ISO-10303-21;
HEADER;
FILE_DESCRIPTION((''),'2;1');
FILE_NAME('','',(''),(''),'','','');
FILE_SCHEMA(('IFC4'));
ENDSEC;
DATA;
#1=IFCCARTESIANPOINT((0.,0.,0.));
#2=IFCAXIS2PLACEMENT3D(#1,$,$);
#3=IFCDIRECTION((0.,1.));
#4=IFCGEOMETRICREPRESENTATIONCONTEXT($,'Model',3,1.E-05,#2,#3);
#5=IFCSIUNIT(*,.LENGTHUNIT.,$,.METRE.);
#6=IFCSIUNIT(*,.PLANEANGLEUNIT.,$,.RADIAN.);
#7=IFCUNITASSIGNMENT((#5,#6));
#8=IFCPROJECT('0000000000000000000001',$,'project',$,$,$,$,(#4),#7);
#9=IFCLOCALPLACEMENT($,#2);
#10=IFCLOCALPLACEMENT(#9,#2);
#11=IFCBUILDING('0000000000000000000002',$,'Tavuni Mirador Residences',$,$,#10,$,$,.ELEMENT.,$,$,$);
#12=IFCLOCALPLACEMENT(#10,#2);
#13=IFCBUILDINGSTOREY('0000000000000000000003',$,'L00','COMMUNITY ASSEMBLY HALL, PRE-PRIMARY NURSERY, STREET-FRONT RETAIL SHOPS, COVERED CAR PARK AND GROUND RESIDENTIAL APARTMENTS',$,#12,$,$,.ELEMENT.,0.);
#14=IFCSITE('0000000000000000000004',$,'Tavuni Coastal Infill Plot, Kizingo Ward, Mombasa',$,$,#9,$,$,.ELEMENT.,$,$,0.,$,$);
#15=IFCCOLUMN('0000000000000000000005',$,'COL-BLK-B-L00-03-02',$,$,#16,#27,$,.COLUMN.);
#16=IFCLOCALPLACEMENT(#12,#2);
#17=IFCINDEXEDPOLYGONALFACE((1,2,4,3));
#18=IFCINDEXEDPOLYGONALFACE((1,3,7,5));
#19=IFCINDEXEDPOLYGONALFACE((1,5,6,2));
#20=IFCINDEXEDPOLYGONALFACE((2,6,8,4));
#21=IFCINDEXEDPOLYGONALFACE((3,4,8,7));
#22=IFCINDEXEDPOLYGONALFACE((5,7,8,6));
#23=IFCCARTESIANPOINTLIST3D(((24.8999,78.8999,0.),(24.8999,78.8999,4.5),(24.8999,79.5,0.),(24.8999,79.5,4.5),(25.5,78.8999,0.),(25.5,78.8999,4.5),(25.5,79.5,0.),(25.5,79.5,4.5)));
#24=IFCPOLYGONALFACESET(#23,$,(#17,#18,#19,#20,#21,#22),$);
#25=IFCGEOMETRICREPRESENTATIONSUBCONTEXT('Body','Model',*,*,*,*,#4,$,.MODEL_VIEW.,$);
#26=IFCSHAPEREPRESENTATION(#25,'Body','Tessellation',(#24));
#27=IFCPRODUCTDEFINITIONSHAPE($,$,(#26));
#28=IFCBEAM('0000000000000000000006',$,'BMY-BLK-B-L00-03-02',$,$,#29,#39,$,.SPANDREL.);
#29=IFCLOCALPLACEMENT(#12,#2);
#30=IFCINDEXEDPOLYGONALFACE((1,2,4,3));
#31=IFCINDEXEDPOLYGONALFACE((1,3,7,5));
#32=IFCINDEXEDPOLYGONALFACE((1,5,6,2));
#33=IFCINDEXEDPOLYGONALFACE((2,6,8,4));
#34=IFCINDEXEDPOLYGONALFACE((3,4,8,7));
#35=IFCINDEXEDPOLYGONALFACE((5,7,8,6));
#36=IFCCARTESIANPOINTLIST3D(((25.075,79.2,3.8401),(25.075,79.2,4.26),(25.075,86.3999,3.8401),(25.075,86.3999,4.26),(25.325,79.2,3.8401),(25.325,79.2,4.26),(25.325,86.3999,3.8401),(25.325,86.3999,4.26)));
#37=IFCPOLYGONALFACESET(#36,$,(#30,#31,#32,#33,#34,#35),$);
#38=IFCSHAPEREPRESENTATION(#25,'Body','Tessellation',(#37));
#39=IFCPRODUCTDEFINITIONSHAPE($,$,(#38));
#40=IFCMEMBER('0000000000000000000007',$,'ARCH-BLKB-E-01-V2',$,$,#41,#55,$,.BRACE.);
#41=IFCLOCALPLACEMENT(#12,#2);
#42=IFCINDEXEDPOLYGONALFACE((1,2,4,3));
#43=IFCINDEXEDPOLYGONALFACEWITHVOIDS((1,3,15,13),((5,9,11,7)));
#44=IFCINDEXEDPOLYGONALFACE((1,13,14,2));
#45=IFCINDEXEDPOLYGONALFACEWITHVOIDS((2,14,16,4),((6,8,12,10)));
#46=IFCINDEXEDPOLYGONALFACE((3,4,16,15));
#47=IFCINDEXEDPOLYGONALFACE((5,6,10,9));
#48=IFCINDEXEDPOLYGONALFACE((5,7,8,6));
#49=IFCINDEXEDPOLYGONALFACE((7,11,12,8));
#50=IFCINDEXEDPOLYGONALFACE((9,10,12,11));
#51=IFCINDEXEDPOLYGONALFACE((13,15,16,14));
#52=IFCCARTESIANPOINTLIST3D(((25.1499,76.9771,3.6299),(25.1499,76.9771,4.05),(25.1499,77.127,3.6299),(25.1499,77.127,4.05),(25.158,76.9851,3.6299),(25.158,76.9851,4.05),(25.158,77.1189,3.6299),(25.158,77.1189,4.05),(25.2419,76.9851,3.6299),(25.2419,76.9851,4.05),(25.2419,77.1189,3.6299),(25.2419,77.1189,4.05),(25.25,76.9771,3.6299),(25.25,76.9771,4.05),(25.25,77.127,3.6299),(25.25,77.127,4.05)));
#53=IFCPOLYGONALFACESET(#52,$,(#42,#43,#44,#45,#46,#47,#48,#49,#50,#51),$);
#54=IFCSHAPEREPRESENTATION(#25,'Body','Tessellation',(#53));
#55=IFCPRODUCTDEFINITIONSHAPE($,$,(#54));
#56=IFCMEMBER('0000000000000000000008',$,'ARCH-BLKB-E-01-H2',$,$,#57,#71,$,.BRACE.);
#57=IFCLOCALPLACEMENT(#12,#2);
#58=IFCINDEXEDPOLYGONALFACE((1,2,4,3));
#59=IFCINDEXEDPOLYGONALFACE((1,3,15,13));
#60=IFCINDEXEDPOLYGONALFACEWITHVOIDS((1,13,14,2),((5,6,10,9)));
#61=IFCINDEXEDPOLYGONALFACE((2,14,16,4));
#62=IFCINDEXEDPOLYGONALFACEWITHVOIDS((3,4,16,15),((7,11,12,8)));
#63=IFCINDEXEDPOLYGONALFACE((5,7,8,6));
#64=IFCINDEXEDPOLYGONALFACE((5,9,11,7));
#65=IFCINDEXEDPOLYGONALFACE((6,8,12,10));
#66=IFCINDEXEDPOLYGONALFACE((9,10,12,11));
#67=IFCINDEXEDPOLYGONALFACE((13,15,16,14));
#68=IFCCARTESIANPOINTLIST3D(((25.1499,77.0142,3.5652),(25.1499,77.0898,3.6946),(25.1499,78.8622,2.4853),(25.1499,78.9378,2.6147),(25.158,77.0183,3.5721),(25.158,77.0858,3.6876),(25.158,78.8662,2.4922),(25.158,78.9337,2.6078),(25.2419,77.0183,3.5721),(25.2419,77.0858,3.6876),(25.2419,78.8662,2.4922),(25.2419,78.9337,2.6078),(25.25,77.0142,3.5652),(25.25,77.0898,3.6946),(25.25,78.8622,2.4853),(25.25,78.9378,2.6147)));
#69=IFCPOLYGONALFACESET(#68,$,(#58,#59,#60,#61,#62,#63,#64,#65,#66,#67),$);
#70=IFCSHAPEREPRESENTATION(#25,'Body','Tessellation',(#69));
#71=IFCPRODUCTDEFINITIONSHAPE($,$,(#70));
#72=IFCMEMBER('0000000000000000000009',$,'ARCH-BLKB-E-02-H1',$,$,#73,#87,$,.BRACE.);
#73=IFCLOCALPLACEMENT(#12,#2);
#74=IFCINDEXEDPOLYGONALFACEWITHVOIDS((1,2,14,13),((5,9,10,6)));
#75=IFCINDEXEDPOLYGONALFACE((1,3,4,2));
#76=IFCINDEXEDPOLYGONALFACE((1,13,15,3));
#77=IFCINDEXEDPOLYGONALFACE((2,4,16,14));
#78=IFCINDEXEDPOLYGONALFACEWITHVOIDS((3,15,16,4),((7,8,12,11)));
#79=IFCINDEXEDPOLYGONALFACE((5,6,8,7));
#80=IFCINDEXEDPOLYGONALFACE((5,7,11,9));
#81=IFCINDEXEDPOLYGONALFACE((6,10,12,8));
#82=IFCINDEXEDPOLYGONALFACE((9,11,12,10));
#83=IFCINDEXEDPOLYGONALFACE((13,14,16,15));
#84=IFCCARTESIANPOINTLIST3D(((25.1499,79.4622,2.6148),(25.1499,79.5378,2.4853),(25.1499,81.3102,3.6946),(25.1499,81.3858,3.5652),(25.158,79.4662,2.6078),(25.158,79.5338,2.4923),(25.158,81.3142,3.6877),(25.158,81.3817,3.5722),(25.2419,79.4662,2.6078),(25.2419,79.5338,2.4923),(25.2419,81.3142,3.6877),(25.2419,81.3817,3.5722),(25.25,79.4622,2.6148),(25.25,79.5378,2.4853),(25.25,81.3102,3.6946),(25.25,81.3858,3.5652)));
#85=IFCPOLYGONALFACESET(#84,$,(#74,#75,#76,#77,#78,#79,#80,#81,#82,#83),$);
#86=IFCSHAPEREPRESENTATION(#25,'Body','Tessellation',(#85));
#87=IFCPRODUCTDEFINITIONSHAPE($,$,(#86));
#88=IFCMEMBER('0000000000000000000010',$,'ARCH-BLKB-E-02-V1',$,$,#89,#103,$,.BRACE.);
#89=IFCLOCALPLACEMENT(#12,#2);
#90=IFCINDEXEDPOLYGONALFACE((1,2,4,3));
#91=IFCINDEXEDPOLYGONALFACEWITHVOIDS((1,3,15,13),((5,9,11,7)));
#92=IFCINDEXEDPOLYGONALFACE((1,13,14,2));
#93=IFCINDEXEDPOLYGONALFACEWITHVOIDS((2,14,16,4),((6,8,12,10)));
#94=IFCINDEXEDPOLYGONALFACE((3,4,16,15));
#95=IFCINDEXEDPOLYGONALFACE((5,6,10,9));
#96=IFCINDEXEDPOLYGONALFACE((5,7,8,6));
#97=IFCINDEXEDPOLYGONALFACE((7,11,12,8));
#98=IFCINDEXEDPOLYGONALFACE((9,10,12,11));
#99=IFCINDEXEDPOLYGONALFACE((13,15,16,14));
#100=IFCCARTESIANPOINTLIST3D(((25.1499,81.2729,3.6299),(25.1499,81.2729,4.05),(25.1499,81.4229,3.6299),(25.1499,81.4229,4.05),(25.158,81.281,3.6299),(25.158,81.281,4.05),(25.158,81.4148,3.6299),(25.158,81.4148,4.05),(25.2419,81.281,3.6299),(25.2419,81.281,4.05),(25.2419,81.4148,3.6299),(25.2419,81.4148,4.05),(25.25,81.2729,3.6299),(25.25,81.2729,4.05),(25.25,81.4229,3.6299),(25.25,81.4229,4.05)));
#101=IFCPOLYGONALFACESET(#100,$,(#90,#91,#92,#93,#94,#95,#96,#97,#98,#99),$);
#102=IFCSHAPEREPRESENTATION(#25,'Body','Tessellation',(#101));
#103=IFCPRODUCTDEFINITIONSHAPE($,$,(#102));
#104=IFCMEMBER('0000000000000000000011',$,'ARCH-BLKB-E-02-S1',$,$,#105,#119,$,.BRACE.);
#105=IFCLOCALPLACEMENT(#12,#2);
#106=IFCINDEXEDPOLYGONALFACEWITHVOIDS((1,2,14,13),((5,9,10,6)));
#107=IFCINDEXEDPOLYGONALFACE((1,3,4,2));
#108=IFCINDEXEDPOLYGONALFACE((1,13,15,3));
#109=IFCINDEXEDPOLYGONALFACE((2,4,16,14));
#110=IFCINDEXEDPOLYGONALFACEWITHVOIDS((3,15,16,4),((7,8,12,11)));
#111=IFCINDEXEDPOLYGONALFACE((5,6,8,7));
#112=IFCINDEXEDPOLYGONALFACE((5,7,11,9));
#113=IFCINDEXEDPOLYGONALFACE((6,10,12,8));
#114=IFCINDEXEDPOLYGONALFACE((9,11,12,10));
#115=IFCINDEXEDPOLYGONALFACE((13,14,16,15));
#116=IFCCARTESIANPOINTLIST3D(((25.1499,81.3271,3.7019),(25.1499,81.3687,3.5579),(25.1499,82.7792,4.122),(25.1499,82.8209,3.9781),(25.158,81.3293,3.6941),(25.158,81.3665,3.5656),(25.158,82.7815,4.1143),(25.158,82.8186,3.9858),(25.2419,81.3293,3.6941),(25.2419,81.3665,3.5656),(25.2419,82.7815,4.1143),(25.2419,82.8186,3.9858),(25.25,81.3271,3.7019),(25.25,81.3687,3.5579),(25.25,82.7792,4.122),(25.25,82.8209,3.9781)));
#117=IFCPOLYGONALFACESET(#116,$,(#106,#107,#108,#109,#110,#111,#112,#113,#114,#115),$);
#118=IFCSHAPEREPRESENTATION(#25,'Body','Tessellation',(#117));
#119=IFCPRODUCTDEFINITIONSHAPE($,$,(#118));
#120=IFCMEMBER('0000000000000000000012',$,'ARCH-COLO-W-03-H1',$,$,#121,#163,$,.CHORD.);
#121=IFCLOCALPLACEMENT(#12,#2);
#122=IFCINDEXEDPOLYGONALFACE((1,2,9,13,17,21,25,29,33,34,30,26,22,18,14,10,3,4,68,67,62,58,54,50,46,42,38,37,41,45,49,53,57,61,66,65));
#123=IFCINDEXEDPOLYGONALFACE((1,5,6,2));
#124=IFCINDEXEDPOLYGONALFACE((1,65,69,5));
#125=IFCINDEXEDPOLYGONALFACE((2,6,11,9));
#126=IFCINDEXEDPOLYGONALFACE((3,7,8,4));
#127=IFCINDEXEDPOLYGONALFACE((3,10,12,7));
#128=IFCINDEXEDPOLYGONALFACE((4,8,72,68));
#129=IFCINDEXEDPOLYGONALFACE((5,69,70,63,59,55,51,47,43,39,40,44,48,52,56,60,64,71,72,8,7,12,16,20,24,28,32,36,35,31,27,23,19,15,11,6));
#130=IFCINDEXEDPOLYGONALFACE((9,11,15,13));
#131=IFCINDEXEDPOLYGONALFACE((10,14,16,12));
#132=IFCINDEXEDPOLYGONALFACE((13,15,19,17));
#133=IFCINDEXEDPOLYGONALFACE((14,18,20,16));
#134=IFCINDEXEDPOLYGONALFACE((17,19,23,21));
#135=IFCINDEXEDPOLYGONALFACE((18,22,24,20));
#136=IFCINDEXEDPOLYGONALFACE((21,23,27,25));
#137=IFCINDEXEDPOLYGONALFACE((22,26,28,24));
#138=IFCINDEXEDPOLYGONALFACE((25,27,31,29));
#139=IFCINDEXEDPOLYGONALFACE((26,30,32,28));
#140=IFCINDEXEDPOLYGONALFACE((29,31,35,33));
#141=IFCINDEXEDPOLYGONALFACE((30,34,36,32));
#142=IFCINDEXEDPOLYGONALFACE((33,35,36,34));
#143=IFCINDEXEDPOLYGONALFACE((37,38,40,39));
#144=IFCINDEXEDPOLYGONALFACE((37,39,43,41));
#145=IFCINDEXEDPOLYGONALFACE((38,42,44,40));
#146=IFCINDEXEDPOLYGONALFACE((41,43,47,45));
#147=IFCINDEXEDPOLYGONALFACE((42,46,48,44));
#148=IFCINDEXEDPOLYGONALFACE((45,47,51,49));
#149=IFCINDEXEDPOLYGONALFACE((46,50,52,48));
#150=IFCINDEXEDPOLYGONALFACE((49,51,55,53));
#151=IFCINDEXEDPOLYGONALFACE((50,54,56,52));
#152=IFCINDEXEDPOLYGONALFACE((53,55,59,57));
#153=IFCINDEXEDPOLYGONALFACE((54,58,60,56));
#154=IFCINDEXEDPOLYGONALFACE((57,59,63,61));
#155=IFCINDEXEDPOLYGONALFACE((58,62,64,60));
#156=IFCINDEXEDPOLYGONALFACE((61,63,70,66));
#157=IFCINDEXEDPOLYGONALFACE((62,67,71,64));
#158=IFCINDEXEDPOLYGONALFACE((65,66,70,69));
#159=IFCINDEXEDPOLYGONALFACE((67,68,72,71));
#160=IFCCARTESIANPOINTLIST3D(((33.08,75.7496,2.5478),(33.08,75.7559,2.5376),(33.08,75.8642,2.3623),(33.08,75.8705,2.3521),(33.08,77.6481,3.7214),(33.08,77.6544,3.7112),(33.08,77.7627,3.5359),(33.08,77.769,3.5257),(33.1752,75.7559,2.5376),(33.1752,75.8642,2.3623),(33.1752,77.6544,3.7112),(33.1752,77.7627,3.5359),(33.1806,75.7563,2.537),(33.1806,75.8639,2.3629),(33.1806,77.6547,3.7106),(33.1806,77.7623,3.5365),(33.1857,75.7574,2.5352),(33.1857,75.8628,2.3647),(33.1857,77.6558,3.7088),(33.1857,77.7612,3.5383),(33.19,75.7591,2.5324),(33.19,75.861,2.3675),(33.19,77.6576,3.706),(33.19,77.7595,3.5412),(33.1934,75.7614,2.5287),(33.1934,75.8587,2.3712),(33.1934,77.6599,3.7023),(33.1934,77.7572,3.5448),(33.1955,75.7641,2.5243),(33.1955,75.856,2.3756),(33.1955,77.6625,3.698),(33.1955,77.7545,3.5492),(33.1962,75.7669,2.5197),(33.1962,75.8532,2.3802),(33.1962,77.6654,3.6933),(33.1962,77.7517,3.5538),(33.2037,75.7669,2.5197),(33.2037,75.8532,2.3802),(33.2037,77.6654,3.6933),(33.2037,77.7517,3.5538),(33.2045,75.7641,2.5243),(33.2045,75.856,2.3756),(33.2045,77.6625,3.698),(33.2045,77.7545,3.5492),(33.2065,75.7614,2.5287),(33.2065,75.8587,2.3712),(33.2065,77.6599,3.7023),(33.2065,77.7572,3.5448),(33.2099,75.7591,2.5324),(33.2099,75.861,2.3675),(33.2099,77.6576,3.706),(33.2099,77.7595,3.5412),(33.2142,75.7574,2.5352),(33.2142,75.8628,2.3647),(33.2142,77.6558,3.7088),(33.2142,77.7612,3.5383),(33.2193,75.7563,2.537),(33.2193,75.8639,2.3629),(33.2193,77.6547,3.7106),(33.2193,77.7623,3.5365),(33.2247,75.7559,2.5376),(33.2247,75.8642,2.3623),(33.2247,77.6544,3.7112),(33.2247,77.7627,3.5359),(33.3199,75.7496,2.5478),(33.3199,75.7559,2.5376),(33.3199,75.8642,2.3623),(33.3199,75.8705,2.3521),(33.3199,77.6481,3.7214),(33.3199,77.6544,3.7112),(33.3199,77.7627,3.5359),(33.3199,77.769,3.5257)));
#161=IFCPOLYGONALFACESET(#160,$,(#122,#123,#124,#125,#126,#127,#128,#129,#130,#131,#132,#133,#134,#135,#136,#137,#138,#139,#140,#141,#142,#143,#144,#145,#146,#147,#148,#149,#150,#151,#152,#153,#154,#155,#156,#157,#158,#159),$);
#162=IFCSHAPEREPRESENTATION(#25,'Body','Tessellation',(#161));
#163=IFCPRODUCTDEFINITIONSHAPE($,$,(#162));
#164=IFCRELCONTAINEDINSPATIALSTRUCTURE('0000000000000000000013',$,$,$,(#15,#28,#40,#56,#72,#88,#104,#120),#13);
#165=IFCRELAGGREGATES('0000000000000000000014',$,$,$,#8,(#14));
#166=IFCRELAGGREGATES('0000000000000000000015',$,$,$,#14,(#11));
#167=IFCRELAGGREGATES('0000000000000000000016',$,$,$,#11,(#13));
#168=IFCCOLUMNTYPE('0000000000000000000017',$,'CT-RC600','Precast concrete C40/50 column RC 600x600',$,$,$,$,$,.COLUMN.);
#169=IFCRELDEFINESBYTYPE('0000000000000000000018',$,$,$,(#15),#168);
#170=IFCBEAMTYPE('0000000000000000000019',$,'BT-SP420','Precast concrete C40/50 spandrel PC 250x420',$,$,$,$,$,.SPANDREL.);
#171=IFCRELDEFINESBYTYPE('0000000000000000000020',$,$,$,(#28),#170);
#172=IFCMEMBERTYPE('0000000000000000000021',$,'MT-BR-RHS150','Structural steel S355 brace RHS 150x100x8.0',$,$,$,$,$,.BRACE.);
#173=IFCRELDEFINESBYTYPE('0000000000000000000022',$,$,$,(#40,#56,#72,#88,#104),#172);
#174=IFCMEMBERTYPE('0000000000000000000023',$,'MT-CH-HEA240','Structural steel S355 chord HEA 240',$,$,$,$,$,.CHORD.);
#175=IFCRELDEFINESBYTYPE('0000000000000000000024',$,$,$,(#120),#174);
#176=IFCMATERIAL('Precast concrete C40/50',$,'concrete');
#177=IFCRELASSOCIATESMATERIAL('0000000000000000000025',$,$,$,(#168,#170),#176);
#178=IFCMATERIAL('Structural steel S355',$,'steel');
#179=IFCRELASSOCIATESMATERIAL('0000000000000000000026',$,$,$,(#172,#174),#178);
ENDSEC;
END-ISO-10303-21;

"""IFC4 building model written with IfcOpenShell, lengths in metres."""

from ifc_helpers import new_model, si_unit, direction, frame, origin, origin_2d, place, context, subcontext, project, spatial, rectangle, hollow_rectangle, i_section, extrude, material, material_profile, profile_set, type_object, element, save


model = new_model("IFC4")

# Units and contexts
model_context = context("Model", 3, precision=1e-05, world=origin(), true_north=direction((0.0, 1.0)))
body_context = subcontext(model_context, "Body", "Model", "MODEL_VIEW")
ifc_project = project(units=[si_unit("LENGTHUNIT", "METRE"), si_unit("PLANEANGLEUNIT", "RADIAN")], contexts=[model_context])

# Site, building, storey
site_placement = place(None, origin())
site = spatial("IfcSite", under=ifc_project, at=site_placement, Name="Tavuni Coastal Infill Plot, Kizingo Ward, Mombasa", CompositionType="ELEMENT", RefElevation=0.0)
building_placement = place(site_placement, origin())
building = spatial("IfcBuilding", under=site, at=building_placement, Name="Tavuni Mirador Residences", CompositionType="ELEMENT")
storey_placement = place(building_placement, origin())
storey = spatial("IfcBuildingStorey", under=building, at=storey_placement, Name="L00", Description="COMMUNITY ASSEMBLY HALL, PRE-PRIMARY NURSERY, STREET-FRONT RETAIL SHOPS, COVERED CAR PARK AND GROUND RESIDENTIAL APARTMENTS", CompositionType="ELEMENT", Elevation=0.0)

# Column
ifc_material_1 = material(Name="Precast concrete C40/50", Category="concrete")
ifc_material_profile_1 = material_profile(ifc_material_1, rectangle(XDim=0.6001, YDim=0.6001, at=origin_2d()), Name="RC 600x600", Category="concrete")
ifc_profile_set_1 = profile_set([ifc_material_profile_1], Name="Precast concrete C40/50")
column_type = type_object("IfcColumnType", Name="CT-RC600", Description="Precast concrete C40/50 column RC 600x600", PredefinedType="COLUMN", material=ifc_profile_set_1)
column_placement = place(storey_placement, frame((25.2, 79.2, 0.0), z_axis=(0.0, 0.0, 1.0), x_axis=(1.0, 0.0, 0.0)))
element("IfcColumn", 1, at=column_placement, inside=storey, type_object=column_type, Name="COL-BLK-B-L00-03-02", PredefinedType="COLUMN", context=body_context, shape_type="SweptSolid", body=[
    extrude(rectangle(XDim=0.6001, YDim=0.6001, at=origin_2d()), origin(), (0.0, 0.0, 1.0), 4.5),
])

# Beam
ifc_material_profile_2 = material_profile(ifc_material_1, rectangle(XDim=0.25, YDim=0.4199, at=origin_2d()), Name="PC 250x420", Category="concrete")
ifc_profile_set_2 = profile_set([ifc_material_profile_2], Name="Precast concrete C40/50")
beam_type = type_object("IfcBeamType", Name="BT-SP420", Description="Precast concrete C40/50 spandrel PC 250x420", PredefinedType="SPANDREL", material=ifc_profile_set_2)
beam_placement = place(storey_placement, frame((25.2, 79.2, 4.05), z_axis=(0.0, 1.0, 0.0), x_axis=(-1.0, 0.0, 0.0)))
element("IfcBeam", 2, at=beam_placement, inside=storey, type_object=beam_type, Name="BMY-BLK-B-L00-03-02", PredefinedType="SPANDREL", context=body_context, shape_type="SweptSolid", body=[
    extrude(rectangle(XDim=0.25, YDim=0.4199, at=origin_2d()), origin(), (0.0, 0.0, 1.0), 7.2),
])

# Members
ifc_material_2 = material(Name="Structural steel S355", Category="steel")
ifc_material_profile_3 = material_profile(ifc_material_2, hollow_rectangle(XDim=0.1001, YDim=0.1499, WallThickness=0.0081, at=origin_2d()), Name="RHS 150x100x8.0", Category="steel")
ifc_profile_set_3 = profile_set([ifc_material_profile_3], Name="Structural steel S355")
member_type_1 = type_object("IfcMemberType", Name="MT-BR-RHS150", Description="Structural steel S355 brace RHS 150x100x8.0", PredefinedType="BRACE", material=ifc_profile_set_3)
member_1_placement = place(storey_placement, frame((25.2, 77.052, 3.6299), z_axis=(0.0, 0.0, 1.0), x_axis=(1.0, 0.0, 0.0)))
element("IfcMember", 3, at=member_1_placement, inside=storey, type_object=member_type_1, Name="ARCH-BLKB-E-01-V2", PredefinedType="BRACE", context=body_context, shape_type="SweptSolid", body=[
    extrude(hollow_rectangle(XDim=0.1001, YDim=0.1499, WallThickness=0.0081, at=origin_2d()), origin(), (0.0, 0.0, 1.0), 0.4202),
])
for number, where, z_axis, x_axis, name in (
    (4, (25.2, 77.052, 3.6299), (0.0, 0.863394, -0.50453), (-1.0, 0.0, 0.0), "ARCH-BLKB-E-01-H2"),
    (5, (25.2, 79.5, 2.55), (0.0, 0.863394, 0.50453), (-1.0, 0.0, 0.0), "ARCH-BLKB-E-02-H1"),
):
    element("IfcMember", number, at=place(storey_placement, frame(where, z_axis=z_axis, x_axis=x_axis)), inside=storey, type_object=member_type_1, Name=name, PredefinedType="BRACE", context=body_context, shape_type="SweptSolid", body=[
        extrude(hollow_rectangle(XDim=0.1001, YDim=0.1499, WallThickness=0.0081, at=origin_2d()), origin(), (0.0, 0.0, 1.0), 2.1404),
    ])
member_2_placement = place(storey_placement, frame((25.2, 81.3479, 3.6299), z_axis=(0.0, 0.0, 1.0), x_axis=(1.0, 0.0, 0.0)))
element("IfcMember", 6, at=member_2_placement, inside=storey, type_object=member_type_1, Name="ARCH-BLKB-E-02-V1", PredefinedType="BRACE", context=body_context, shape_type="SweptSolid", body=[
    extrude(hollow_rectangle(XDim=0.1001, YDim=0.1499, WallThickness=0.0081, at=origin_2d()), origin(), (0.0, 0.0, 1.0), 0.4202),
])
member_3_placement = place(storey_placement, frame((25.2, 81.3479, 3.6299), z_axis=(0.0, 0.960598, 0.27794), x_axis=(-1.0, 0.0, 0.0)))
element("IfcMember", 7, at=member_3_placement, inside=storey, type_object=member_type_1, Name="ARCH-BLKB-E-02-S1", PredefinedType="BRACE", context=body_context, shape_type="SweptSolid", body=[
    extrude(hollow_rectangle(XDim=0.1001, YDim=0.1499, WallThickness=0.0081, at=origin_2d()), origin(), (0.0, 0.0, 1.0), 1.5117),
])
ifc_material_profile_4 = material_profile(ifc_material_2, i_section(OverallWidth=0.24, OverallDepth=0.23, WebThickness=0.0076, FlangeThickness=0.012, FilletRadius=0.021, at=origin_2d()), Name="HEA 240", Category="steel")
ifc_profile_set_4 = profile_set([ifc_material_profile_4], Name="Structural steel S355")
member_type_2 = type_object("IfcMemberType", Name="MT-CH-HEA240", Description="Structural steel S355 chord HEA 240", PredefinedType="CHORD", material=ifc_profile_set_4)
member_4_placement = place(storey_placement, frame((33.2, 75.8101, 2.45), z_axis=(0.0, 0.850594, 0.525824), x_axis=(-1.0, 0.0, 0.0)))
element("IfcMember", 8, at=member_4_placement, inside=storey, type_object=member_type_2, Name="ARCH-COLO-W-03-H1", PredefinedType="CHORD", context=body_context, shape_type="SweptSolid", body=[
    extrude(i_section(OverallWidth=0.24, OverallDepth=0.23, WebThickness=0.0076, FlangeThickness=0.012, FilletRadius=0.021, at=origin_2d()), origin(), (0.0, 0.0, 1.0), 2.2319),
])

save(model, "model.ifc")
